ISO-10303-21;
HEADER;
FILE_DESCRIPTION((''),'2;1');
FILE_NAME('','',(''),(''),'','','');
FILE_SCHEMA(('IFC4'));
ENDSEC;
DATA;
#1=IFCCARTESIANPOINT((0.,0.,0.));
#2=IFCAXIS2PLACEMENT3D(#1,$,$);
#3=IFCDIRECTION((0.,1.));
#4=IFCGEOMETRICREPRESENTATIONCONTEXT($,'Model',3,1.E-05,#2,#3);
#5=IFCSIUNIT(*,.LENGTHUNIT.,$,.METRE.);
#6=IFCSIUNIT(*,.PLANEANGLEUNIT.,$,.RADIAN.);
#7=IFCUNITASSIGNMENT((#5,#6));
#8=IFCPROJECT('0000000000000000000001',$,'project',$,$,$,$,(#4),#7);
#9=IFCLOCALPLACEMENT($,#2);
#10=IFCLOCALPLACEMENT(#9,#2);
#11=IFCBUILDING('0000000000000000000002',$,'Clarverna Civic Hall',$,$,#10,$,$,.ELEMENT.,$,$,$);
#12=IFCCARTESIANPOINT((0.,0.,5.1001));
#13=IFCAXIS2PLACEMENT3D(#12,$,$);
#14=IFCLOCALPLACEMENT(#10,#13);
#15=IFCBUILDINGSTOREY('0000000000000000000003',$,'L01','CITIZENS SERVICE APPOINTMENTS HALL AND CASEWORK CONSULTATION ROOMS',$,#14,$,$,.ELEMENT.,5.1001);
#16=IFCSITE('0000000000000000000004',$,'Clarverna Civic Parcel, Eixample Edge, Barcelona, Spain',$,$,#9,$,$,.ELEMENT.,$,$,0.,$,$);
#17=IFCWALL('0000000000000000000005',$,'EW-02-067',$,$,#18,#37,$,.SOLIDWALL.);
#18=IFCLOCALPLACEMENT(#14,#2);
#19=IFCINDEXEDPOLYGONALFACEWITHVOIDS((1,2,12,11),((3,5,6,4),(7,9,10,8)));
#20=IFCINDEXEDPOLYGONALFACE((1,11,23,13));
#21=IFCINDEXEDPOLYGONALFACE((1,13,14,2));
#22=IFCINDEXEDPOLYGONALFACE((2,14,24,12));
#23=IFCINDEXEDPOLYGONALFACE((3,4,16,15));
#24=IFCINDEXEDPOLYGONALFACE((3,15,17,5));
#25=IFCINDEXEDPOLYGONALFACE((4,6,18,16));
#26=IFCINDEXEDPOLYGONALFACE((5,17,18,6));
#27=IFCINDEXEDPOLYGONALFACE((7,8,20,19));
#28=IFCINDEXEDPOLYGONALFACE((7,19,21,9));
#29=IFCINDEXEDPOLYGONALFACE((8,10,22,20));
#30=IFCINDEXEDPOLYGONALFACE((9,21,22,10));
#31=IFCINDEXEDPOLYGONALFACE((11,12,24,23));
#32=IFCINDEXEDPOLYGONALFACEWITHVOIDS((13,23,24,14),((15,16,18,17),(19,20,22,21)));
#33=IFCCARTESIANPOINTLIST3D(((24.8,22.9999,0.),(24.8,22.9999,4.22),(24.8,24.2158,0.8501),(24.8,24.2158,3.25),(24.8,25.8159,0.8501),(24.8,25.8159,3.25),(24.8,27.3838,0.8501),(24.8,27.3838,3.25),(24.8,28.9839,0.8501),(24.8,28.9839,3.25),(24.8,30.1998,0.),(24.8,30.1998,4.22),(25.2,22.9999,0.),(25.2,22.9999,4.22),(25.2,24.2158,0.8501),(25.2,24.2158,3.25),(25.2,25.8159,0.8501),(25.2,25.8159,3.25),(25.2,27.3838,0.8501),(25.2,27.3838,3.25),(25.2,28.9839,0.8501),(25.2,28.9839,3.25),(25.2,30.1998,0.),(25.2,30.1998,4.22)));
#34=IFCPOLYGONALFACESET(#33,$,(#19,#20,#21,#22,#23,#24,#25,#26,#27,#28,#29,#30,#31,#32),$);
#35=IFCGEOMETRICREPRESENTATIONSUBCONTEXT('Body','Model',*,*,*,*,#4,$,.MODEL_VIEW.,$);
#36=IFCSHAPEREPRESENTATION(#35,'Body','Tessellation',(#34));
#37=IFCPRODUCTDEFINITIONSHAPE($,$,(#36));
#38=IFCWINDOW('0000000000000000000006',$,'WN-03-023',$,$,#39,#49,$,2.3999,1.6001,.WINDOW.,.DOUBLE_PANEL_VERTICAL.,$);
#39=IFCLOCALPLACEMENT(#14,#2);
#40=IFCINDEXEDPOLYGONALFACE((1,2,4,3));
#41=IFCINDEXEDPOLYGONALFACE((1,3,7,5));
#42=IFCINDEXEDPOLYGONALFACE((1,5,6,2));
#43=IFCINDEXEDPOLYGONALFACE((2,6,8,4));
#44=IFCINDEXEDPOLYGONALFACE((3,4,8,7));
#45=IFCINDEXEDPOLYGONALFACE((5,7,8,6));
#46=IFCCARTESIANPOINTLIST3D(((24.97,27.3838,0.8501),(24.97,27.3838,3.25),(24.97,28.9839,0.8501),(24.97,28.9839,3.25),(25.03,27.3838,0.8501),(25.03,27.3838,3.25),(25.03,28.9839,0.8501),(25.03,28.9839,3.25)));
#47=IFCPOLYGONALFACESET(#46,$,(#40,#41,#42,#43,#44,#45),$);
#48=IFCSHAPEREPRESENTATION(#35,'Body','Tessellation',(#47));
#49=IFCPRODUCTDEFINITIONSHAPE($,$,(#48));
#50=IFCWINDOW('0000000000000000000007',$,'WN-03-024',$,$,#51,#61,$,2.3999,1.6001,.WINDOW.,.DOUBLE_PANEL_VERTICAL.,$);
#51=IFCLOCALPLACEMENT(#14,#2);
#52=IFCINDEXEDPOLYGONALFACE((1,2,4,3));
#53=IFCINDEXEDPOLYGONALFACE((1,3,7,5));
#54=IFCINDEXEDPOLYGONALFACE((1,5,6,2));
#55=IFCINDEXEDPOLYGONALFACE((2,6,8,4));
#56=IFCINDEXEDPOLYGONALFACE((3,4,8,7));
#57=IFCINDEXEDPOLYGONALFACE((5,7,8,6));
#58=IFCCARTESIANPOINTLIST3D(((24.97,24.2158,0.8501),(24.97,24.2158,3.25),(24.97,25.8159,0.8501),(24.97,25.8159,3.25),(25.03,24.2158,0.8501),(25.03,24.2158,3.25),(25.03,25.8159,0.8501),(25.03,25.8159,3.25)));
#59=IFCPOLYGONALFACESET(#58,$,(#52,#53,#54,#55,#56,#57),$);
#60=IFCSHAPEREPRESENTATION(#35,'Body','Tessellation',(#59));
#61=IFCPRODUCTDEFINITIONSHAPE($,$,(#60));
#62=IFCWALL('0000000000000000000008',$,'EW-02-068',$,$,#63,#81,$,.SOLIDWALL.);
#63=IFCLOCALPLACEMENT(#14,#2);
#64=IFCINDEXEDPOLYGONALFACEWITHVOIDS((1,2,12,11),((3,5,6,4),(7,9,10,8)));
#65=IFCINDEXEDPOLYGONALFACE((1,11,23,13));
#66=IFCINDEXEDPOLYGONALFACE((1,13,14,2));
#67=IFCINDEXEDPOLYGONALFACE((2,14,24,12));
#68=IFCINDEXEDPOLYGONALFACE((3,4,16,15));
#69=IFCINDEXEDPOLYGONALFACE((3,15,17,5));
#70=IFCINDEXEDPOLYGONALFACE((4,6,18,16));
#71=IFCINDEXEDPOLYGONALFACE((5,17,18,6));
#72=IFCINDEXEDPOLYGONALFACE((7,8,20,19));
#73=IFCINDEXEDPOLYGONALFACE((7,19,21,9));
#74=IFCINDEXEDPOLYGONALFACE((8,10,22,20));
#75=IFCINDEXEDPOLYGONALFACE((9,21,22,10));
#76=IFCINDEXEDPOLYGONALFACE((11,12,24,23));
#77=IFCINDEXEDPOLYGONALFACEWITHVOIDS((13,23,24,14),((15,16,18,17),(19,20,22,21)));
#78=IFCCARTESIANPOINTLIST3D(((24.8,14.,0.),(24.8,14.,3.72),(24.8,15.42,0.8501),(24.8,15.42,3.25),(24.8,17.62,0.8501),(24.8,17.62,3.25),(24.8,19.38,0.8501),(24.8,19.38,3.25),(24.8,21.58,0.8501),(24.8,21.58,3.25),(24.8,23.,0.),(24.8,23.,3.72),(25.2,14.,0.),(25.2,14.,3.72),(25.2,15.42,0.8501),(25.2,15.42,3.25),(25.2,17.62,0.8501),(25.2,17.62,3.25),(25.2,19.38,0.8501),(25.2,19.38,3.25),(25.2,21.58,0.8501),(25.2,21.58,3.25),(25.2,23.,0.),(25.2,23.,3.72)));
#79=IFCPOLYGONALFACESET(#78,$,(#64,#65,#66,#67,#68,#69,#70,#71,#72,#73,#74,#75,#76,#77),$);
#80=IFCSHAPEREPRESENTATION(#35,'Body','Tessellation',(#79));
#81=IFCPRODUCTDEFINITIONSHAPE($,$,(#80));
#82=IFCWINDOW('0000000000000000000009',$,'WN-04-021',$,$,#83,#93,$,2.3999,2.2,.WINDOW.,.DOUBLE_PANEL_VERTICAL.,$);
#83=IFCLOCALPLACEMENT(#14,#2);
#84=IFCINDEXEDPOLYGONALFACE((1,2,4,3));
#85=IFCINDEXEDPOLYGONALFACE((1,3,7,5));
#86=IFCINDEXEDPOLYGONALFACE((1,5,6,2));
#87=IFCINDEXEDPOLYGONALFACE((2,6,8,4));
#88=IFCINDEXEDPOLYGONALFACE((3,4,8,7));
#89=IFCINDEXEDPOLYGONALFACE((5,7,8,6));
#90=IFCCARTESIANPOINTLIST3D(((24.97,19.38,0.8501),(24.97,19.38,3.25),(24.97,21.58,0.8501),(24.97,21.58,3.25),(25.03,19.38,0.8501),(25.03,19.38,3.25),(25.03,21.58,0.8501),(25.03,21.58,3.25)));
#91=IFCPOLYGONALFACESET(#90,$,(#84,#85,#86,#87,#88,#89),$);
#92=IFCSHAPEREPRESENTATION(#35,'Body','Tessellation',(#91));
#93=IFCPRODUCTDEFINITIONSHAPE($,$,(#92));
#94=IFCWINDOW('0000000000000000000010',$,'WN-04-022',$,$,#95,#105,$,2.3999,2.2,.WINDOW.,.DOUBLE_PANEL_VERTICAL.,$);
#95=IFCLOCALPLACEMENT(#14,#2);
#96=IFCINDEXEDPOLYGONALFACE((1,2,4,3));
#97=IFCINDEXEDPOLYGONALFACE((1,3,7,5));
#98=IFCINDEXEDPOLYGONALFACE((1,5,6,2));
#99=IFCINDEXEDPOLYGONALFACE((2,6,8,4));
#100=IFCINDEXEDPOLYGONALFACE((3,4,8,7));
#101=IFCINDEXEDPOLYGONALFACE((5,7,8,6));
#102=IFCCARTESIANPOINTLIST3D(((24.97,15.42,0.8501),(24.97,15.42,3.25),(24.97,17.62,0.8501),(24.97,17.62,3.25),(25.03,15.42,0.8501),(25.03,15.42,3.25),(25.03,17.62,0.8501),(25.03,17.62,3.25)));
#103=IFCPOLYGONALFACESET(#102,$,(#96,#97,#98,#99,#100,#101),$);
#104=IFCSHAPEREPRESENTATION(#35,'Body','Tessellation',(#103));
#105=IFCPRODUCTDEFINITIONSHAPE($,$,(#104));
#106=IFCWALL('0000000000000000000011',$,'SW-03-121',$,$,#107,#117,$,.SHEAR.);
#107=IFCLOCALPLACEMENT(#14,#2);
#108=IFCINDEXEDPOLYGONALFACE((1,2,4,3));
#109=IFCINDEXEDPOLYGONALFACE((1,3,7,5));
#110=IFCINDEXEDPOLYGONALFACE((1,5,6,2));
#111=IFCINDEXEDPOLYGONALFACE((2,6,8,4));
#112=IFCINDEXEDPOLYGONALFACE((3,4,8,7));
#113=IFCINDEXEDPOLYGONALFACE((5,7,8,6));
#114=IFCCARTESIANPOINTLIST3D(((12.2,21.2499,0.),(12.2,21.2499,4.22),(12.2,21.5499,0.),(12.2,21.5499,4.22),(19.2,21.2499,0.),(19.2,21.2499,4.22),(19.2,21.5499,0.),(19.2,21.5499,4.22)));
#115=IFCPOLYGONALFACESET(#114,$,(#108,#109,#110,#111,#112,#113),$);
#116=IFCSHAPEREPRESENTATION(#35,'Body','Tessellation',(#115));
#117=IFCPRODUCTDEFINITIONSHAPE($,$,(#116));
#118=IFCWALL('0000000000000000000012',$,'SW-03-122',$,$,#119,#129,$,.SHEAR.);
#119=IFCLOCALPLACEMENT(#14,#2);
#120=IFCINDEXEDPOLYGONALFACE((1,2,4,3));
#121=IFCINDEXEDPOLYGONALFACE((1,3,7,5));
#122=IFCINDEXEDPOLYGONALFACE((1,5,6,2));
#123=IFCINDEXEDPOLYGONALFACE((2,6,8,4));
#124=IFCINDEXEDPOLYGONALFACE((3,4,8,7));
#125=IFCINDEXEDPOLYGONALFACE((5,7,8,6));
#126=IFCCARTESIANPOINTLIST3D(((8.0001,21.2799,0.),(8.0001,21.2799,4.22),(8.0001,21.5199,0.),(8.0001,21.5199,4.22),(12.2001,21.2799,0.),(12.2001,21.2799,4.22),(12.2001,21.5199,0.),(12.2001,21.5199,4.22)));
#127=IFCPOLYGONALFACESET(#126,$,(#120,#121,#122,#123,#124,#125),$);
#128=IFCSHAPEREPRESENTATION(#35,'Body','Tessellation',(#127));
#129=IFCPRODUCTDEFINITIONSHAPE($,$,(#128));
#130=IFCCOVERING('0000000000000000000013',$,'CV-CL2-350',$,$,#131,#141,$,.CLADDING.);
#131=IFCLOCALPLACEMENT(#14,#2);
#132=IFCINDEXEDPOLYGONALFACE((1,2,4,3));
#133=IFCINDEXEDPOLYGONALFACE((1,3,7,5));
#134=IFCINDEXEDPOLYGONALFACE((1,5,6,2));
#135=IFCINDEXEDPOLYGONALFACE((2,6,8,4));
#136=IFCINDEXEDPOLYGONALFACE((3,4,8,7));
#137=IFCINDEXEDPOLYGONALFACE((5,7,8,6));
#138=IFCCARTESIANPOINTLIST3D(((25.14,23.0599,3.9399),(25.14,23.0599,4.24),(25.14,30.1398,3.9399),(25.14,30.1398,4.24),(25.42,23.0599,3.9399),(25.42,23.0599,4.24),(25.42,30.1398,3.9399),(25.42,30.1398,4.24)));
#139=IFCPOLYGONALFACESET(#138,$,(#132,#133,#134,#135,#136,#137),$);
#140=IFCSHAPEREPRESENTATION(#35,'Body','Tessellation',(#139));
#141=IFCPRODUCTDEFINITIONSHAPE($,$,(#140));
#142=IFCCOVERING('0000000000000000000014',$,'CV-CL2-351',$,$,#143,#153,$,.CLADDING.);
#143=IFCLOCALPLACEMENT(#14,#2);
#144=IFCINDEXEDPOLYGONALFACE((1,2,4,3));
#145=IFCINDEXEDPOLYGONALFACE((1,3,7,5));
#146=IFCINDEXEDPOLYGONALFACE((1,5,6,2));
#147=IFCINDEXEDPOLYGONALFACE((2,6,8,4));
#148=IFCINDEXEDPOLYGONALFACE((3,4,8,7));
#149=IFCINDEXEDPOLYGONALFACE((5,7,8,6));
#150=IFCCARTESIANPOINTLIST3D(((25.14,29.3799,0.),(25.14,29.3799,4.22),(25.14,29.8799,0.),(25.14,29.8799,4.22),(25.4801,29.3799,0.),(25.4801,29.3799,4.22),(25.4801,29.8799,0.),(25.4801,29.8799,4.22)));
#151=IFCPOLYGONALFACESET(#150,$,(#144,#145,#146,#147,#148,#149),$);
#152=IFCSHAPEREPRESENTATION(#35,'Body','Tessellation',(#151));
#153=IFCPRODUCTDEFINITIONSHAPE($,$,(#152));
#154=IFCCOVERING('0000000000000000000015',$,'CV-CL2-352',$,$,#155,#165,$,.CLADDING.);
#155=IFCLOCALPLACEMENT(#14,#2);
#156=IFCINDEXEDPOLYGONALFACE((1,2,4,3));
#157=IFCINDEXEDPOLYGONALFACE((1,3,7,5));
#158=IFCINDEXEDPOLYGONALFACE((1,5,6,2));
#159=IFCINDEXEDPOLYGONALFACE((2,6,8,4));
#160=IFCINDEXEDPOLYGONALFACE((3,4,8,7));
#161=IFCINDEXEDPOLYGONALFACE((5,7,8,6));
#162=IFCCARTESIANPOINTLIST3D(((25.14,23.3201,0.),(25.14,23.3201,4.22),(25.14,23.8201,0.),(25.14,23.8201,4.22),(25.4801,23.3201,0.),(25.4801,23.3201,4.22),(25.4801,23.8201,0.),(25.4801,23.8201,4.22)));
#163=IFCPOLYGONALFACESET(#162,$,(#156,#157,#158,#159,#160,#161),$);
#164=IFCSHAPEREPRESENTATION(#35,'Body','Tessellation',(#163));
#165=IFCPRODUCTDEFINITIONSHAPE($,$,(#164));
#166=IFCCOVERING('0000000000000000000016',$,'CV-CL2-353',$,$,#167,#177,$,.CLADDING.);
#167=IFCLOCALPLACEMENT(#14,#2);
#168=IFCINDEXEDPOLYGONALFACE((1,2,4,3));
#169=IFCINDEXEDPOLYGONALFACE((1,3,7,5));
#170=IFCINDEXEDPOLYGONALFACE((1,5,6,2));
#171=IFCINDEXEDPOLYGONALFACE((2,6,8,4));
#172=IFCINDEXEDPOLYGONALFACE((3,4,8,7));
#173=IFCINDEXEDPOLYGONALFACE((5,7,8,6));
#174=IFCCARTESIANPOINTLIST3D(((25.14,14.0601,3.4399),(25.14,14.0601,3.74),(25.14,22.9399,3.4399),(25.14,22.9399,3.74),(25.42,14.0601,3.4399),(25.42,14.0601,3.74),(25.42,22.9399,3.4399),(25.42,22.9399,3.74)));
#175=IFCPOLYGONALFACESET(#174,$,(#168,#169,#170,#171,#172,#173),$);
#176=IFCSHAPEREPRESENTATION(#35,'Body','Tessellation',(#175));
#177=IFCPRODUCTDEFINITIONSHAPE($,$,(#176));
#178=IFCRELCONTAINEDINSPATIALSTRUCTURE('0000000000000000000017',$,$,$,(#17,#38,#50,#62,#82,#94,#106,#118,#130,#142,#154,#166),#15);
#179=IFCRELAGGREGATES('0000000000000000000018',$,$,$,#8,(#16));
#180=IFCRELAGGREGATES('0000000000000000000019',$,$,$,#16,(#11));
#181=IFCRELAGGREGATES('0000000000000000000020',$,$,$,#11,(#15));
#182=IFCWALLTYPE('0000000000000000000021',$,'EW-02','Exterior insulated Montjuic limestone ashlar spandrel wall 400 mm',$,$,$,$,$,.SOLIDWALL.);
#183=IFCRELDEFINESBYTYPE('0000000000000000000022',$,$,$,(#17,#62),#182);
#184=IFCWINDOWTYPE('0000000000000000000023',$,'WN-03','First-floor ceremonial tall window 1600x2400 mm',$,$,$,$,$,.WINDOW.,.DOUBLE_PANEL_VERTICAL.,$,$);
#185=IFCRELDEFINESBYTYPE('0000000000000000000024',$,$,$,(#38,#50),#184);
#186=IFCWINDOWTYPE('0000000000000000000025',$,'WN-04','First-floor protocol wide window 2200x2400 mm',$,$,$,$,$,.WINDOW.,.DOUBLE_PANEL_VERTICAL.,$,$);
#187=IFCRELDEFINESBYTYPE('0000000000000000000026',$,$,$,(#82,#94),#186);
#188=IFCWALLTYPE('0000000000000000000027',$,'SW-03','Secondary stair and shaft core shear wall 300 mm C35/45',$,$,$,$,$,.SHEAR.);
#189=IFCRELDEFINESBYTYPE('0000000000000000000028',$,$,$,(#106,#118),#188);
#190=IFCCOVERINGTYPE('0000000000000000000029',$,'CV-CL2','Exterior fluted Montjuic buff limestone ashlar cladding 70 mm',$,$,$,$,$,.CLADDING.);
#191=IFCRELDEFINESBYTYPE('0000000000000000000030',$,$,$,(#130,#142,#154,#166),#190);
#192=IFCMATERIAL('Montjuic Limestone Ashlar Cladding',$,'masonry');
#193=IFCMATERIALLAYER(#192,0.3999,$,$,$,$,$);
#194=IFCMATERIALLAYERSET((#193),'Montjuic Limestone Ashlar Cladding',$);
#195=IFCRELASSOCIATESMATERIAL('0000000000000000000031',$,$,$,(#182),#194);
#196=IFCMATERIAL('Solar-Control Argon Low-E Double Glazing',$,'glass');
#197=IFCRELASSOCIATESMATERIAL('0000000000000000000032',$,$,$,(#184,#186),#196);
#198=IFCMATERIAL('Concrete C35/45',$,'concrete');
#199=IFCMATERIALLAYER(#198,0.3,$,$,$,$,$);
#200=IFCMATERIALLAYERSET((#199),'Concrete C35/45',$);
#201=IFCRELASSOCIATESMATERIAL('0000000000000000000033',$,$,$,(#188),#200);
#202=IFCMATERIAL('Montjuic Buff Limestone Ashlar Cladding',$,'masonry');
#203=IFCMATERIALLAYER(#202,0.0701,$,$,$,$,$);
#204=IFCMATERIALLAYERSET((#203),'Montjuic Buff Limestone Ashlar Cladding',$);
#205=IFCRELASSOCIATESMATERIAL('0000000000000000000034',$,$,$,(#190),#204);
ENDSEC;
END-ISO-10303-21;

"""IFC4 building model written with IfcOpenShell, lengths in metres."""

from ifc_helpers import new_model, si_unit, direction, frame, frame_2d, origin, place, context, subcontext, project, spatial, rectangle, extrude, material, layer, layer_set, type_object, element, fill, save


model = new_model("IFC4")

# Units and contexts
model_context = context("Model", 3, precision=1e-05, world=origin(), true_north=direction((0.0, 1.0)))
body_context = subcontext(model_context, "Body", "Model", "MODEL_VIEW")
ifc_project = project(units=[si_unit("LENGTHUNIT", "METRE"), si_unit("PLANEANGLEUNIT", "RADIAN")], contexts=[model_context])

# Site, building, storey
site_placement = place(None, origin())
site = spatial("IfcSite", under=ifc_project, at=site_placement, Name="Clarverna Civic Parcel, Eixample Edge, Barcelona, Spain", CompositionType="ELEMENT", RefElevation=0.0)
building_placement = place(site_placement, origin())
building = spatial("IfcBuilding", under=site, at=building_placement, Name="Clarverna Civic Hall", CompositionType="ELEMENT")
storey_placement = place(building_placement, frame((0.0, 0.0, 5.1001)))
storey = spatial("IfcBuildingStorey", under=building, at=storey_placement, Name="L01", Description="CITIZENS SERVICE APPOINTMENTS HALL AND CASEWORK CONSULTATION ROOMS", CompositionType="ELEMENT", Elevation=5.1001)

# Shared definitions
ifc_material_1 = material(Name="Concrete C35/45", Category="concrete")

# Walls, openings, windows
ifc_material_2 = material(Name="Montjuic Limestone Ashlar Cladding", Category="masonry")
ifc_layer_1 = layer(ifc_material_2, 0.3999)
ifc_layer_set_1 = layer_set([ifc_layer_1], Name="Montjuic Limestone Ashlar Cladding")
wall_type_1 = type_object("IfcWallType", Name="EW-02", Description="Exterior insulated Montjuic limestone ashlar spandrel wall 400 mm", PredefinedType="SOLIDWALL", material=ifc_layer_set_1)
wall_1_placement = place(storey_placement, frame((25.0, 30.2, 0.0), z_axis=(0.0, 0.0, 1.0), x_axis=(0.0, -1.0, 0.0)))
wall_1 = element("IfcWall", 1, at=wall_1_placement, inside=storey, type_object=wall_type_1, Name="EW-02-067", PredefinedType="SOLIDWALL", context=body_context, shape_type="SweptSolid", body=[
    extrude(rectangle(XDim=7.2, YDim=0.3999, at=frame_2d((3.6001, 0.0))), origin(), (0.0, 0.0, 1.0), 4.22),
])
opening_1_placement = place(wall_1_placement, frame((1.2161, 0.0, 0.8501)))
opening_1 = element("IfcOpeningElement", 2, at=opening_1_placement, cuts=wall_1, PredefinedType="OPENING", context=body_context, shape_type="SweptSolid", body=[
    extrude(rectangle(XDim=1.6001, YDim=2.3999, at=frame_2d((0.8, 1.2))), frame((0.0, 0.21, 0.0), z_axis=(0.0, -1.0, 0.0), x_axis=(1.0, 0.0, 0.0)), (0.0, 0.0, 1.0), 0.4199),
])
opening_2_placement = place(wall_1_placement, frame((4.384, 0.0, 0.8501)))
opening_2 = element("IfcOpeningElement", 3, at=opening_2_placement, cuts=wall_1, PredefinedType="OPENING", context=body_context, shape_type="SweptSolid", body=[
    extrude(rectangle(XDim=1.6001, YDim=2.3999, at=frame_2d((0.8, 1.2))), frame((0.0, 0.21, 0.0), z_axis=(0.0, -1.0, 0.0), x_axis=(1.0, 0.0, 0.0)), (0.0, 0.0, 1.0), 0.4199),
])
ifc_material_3 = material(Name="Solar-Control Argon Low-E Double Glazing", Category="glass")
window_type_1 = type_object("IfcWindowType", Name="WN-03", Description="First-floor ceremonial tall window 1600x2400 mm", PartitioningType="DOUBLE_PANEL_VERTICAL", PredefinedType="WINDOW", material=ifc_material_3)
window_1_placement = place(opening_1_placement, origin())
window_1 = element("IfcWindow", 4, at=window_1_placement, inside=storey, type_object=window_type_1, Name="WN-03-023", OverallHeight=2.3999, OverallWidth=1.6001, PartitioningType="DOUBLE_PANEL_VERTICAL", PredefinedType="WINDOW", context=body_context, shape_type="SweptSolid", body=[
    extrude(rectangle(XDim=1.6001, YDim=2.3999, at=frame_2d((0.8, 1.2))), frame((0.0, 0.03, 0.0), z_axis=(0.0, -1.0, 0.0), x_axis=(1.0, 0.0, 0.0)), (0.0, 0.0, 1.0), 0.0601),
])
fill(opening_1, window_1)
window_2_placement = place(opening_2_placement, origin())
window_2 = element("IfcWindow", 5, at=window_2_placement, inside=storey, type_object=window_type_1, Name="WN-03-024", OverallHeight=2.3999, OverallWidth=1.6001, PartitioningType="DOUBLE_PANEL_VERTICAL", PredefinedType="WINDOW", context=body_context, shape_type="SweptSolid", body=[
    extrude(rectangle(XDim=1.6001, YDim=2.3999, at=frame_2d((0.8, 1.2))), frame((0.0, 0.03, 0.0), z_axis=(0.0, -1.0, 0.0), x_axis=(1.0, 0.0, 0.0)), (0.0, 0.0, 1.0), 0.0601),
])
fill(opening_2, window_2)
wall_2_placement = place(storey_placement, frame((25.0, 23.0, 0.0), z_axis=(0.0, 0.0, 1.0), x_axis=(0.0, -1.0, 0.0)))
wall_2 = element("IfcWall", 6, at=wall_2_placement, inside=storey, type_object=wall_type_1, Name="EW-02-068", PredefinedType="SOLIDWALL", context=body_context, shape_type="SweptSolid", body=[
    extrude(rectangle(XDim=9.0, YDim=0.3999, at=frame_2d((4.5, 0.0))), origin(), (0.0, 0.0, 1.0), 3.72),
])
opening_3_placement = place(wall_2_placement, frame((1.4199, 0.0, 0.8501)))
opening_3 = element("IfcOpeningElement", 7, at=opening_3_placement, cuts=wall_2, PredefinedType="OPENING", context=body_context, shape_type="SweptSolid", body=[
    extrude(rectangle(XDim=2.2, YDim=2.3999, at=frame_2d((1.1001, 1.2))), frame((0.0, 0.21, 0.0), z_axis=(0.0, -1.0, 0.0), x_axis=(1.0, 0.0, 0.0)), (0.0, 0.0, 1.0), 0.4199),
])
opening_4_placement = place(wall_2_placement, frame((5.3799, 0.0, 0.8501)))
opening_4 = element("IfcOpeningElement", 8, at=opening_4_placement, cuts=wall_2, PredefinedType="OPENING", context=body_context, shape_type="SweptSolid", body=[
    extrude(rectangle(XDim=2.2, YDim=2.3999, at=frame_2d((1.1001, 1.2))), frame((0.0, 0.21, 0.0), z_axis=(0.0, -1.0, 0.0), x_axis=(1.0, 0.0, 0.0)), (0.0, 0.0, 1.0), 0.4199),
])
window_type_2 = type_object("IfcWindowType", Name="WN-04", Description="First-floor protocol wide window 2200x2400 mm", PartitioningType="DOUBLE_PANEL_VERTICAL", PredefinedType="WINDOW", material=ifc_material_3)
window_3_placement = place(opening_3_placement, origin())
window_3 = element("IfcWindow", 9, at=window_3_placement, inside=storey, type_object=window_type_2, Name="WN-04-021", OverallHeight=2.3999, OverallWidth=2.2, PartitioningType="DOUBLE_PANEL_VERTICAL", PredefinedType="WINDOW", context=body_context, shape_type="SweptSolid", body=[
    extrude(rectangle(XDim=2.2, YDim=2.3999, at=frame_2d((1.1001, 1.2))), frame((0.0, 0.03, 0.0), z_axis=(0.0, -1.0, 0.0), x_axis=(1.0, 0.0, 0.0)), (0.0, 0.0, 1.0), 0.0601),
])
fill(opening_3, window_3)
window_4_placement = place(opening_4_placement, origin())
window_4 = element("IfcWindow", 10, at=window_4_placement, inside=storey, type_object=window_type_2, Name="WN-04-022", OverallHeight=2.3999, OverallWidth=2.2, PartitioningType="DOUBLE_PANEL_VERTICAL", PredefinedType="WINDOW", context=body_context, shape_type="SweptSolid", body=[
    extrude(rectangle(XDim=2.2, YDim=2.3999, at=frame_2d((1.1001, 1.2))), frame((0.0, 0.03, 0.0), z_axis=(0.0, -1.0, 0.0), x_axis=(1.0, 0.0, 0.0)), (0.0, 0.0, 1.0), 0.0601),
])
fill(opening_4, window_4)

# Walls
ifc_layer_2 = layer(ifc_material_1, 0.3)
ifc_layer_set_2 = layer_set([ifc_layer_2], Name="Concrete C35/45")
wall_type_2 = type_object("IfcWallType", Name="SW-03", Description="Secondary stair and shaft core shear wall 300 mm C35/45", PredefinedType="SHEAR", material=ifc_layer_set_2)
wall_3_placement = place(storey_placement, frame((12.2, 21.3999, 0.0), z_axis=(0.0, 0.0, 1.0), x_axis=(1.0, 0.0, 0.0)))
element("IfcWall", 11, at=wall_3_placement, inside=storey, type_object=wall_type_2, Name="SW-03-121", PredefinedType="SHEAR", context=body_context, shape_type="SweptSolid", body=[
    extrude(rectangle(XDim=7.0, YDim=0.3, at=frame_2d((3.5, 0.0))), origin(), (0.0, 0.0, 1.0), 4.22),
])
wall_4_placement = place(storey_placement, frame((8.0, 21.3999, 0.0), z_axis=(0.0, 0.0, 1.0), x_axis=(1.0, 0.0, 0.0)))
element("IfcWall", 12, at=wall_4_placement, inside=storey, type_object=wall_type_2, Name="SW-03-122", PredefinedType="SHEAR", context=body_context, shape_type="SweptSolid", body=[
    extrude(rectangle(XDim=4.2, YDim=0.24, at=frame_2d((2.1001, 0.0))), origin(), (0.0, 0.0, 1.0), 4.22),
])

# Coverings
ifc_material_4 = material(Name="Montjuic Buff Limestone Ashlar Cladding", Category="masonry")
ifc_layer_3 = layer(ifc_material_4, 0.0701)
ifc_layer_set_3 = layer_set([ifc_layer_3], Name="Montjuic Buff Limestone Ashlar Cladding")
covering_type = type_object("IfcCoveringType", Name="CV-CL2", Description="Exterior fluted Montjuic buff limestone ashlar cladding 70 mm", PredefinedType="CLADDING", material=ifc_layer_set_3)
covering_1_placement = place(storey_placement, frame((25.28, 30.1399, 3.9399), z_axis=(0.0, 0.0, 1.0), x_axis=(0.0, -1.0, 0.0)))
element("IfcCovering", 13, at=covering_1_placement, inside=storey, type_object=covering_type, Name="CV-CL2-350", PredefinedType="CLADDING", context=body_context, shape_type="SweptSolid", body=[
    extrude(rectangle(XDim=7.0798, YDim=0.28, at=frame_2d((3.54, 0.0))), origin(), (0.0, 0.0, 1.0), 0.3),
])
for number, where, z_axis, x_axis, name in (
    (14, (25.3101, 29.8799, 0.0), (0.0, 0.0, 1.0), (0.0, -1.0, 0.0), "CV-CL2-351"),
    (15, (25.3101, 23.8201, 0.0), (0.0, 0.0, 1.0), (0.0, -1.0, 0.0), "CV-CL2-352"),
):
    element("IfcCovering", number, at=place(storey_placement, frame(where, z_axis=z_axis, x_axis=x_axis)), inside=storey, type_object=covering_type, Name=name, PredefinedType="CLADDING", context=body_context, shape_type="SweptSolid", body=[
        extrude(rectangle(XDim=0.5, YDim=0.3401, at=frame_2d((0.25, 0.0))), origin(), (0.0, 0.0, 1.0), 4.22),
    ])
covering_2_placement = place(storey_placement, frame((25.28, 22.9399, 3.4399), z_axis=(0.0, 0.0, 1.0), x_axis=(0.0, -1.0, 0.0)))
element("IfcCovering", 16, at=covering_2_placement, inside=storey, type_object=covering_type, Name="CV-CL2-353", PredefinedType="CLADDING", context=body_context, shape_type="SweptSolid", body=[
    extrude(rectangle(XDim=8.8799, YDim=0.28, at=frame_2d((4.4399, 0.0))), origin(), (0.0, 0.0, 1.0), 0.3),
])

save(model, "model.ifc")
